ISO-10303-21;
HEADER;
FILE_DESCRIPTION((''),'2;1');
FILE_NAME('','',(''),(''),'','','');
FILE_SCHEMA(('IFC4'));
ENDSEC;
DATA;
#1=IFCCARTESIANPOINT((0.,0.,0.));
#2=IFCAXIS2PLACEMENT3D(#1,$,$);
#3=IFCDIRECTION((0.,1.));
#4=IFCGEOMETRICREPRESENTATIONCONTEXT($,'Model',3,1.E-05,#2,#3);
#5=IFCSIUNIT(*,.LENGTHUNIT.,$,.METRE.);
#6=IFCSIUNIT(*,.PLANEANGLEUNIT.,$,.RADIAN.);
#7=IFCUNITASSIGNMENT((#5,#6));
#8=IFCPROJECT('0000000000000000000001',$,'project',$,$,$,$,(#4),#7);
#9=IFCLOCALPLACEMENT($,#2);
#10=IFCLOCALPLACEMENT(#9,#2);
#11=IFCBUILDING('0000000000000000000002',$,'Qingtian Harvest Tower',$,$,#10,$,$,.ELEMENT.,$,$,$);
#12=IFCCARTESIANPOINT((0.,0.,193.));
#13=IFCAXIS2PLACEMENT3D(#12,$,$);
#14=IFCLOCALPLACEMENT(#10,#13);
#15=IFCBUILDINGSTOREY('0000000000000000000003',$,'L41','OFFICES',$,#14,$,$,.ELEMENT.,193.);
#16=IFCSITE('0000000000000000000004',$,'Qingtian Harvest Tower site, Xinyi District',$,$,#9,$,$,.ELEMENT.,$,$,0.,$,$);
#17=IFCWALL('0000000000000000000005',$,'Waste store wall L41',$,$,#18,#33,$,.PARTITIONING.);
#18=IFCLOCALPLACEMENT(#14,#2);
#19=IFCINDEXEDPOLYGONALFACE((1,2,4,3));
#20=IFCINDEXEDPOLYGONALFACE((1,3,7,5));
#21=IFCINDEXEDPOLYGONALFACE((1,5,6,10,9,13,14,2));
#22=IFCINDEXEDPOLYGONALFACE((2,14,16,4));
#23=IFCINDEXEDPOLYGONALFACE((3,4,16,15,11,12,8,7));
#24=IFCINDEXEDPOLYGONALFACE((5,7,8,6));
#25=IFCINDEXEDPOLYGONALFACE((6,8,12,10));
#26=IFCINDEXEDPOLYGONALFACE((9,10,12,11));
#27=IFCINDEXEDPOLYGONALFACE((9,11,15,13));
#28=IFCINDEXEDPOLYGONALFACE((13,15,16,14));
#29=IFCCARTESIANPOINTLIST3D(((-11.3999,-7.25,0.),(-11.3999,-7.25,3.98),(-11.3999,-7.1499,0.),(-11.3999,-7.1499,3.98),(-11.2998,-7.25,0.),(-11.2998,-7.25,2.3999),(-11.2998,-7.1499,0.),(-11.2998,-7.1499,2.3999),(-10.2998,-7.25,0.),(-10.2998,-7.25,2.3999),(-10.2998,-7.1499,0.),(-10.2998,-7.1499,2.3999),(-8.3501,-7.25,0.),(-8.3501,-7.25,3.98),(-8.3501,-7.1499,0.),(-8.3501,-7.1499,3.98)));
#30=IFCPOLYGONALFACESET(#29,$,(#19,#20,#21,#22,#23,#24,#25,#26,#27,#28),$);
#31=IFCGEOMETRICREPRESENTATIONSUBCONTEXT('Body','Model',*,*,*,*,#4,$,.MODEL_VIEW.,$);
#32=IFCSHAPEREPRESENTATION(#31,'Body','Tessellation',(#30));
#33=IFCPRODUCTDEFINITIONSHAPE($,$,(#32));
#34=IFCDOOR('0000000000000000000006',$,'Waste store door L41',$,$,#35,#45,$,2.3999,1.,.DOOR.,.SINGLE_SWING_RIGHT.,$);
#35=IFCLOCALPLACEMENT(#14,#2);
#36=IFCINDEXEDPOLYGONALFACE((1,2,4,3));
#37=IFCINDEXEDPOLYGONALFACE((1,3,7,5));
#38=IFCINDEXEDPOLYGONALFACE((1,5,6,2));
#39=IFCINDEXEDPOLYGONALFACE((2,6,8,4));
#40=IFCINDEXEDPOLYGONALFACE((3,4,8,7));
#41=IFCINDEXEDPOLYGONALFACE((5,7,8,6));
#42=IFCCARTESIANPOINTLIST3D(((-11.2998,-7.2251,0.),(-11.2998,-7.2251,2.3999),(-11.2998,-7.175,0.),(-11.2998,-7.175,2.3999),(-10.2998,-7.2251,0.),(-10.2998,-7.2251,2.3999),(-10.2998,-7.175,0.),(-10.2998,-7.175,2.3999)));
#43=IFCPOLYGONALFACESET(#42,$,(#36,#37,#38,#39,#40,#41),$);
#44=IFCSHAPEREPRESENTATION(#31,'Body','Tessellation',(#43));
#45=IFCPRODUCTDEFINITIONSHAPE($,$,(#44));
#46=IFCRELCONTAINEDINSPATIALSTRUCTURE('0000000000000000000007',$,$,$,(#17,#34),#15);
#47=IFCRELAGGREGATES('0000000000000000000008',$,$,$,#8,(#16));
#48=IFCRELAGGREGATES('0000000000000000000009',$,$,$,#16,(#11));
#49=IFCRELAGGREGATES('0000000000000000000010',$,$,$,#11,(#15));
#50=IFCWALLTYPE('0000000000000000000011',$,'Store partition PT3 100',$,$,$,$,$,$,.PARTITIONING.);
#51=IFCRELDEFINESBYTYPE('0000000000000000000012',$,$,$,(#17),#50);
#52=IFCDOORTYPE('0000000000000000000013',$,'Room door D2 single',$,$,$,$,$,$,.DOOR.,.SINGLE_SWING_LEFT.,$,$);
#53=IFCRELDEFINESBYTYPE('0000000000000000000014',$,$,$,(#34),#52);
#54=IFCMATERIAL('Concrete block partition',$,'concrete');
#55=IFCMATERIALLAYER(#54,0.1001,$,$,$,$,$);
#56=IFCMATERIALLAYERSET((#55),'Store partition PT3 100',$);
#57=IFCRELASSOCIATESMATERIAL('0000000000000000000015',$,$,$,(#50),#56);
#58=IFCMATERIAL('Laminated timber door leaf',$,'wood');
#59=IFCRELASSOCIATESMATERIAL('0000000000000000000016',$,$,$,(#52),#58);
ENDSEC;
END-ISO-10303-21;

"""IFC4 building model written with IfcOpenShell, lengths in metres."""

from ifc_helpers import new_model, si_unit, direction, frame, frame_2d, origin, place, context, subcontext, project, spatial, rectangle, extrude, material, layer, layer_set, type_object, element, fill, save


model = new_model("IFC4")

# Units and contexts
model_context = context("Model", 3, precision=1e-05, world=origin(), true_north=direction((0.0, 1.0)))
body_context = subcontext(model_context, "Body", "Model", "MODEL_VIEW")
ifc_project = project(units=[si_unit("LENGTHUNIT", "METRE"), si_unit("PLANEANGLEUNIT", "RADIAN")], contexts=[model_context])

# Site, building, storey
site_placement = place(None, origin())
site = spatial("IfcSite", under=ifc_project, at=site_placement, Name="Qingtian Harvest Tower site, Xinyi District", CompositionType="ELEMENT", RefElevation=0.0)
building_placement = place(site_placement, origin())
building = spatial("IfcBuilding", under=site, at=building_placement, Name="Qingtian Harvest Tower", CompositionType="ELEMENT")
storey_placement = place(building_placement, frame((0.0, 0.0, 193.0)))
storey = spatial("IfcBuildingStorey", under=building, at=storey_placement, Name="L41", Description="OFFICES", CompositionType="ELEMENT", Elevation=193.0)

# Wall, opening, door
ifc_material_1 = material(Name="Concrete block partition", Category="concrete")
ifc_layer_1 = layer(ifc_material_1, 0.1001)
ifc_layer_set_1 = layer_set([ifc_layer_1], Name="Store partition PT3 100")
wall_type_1 = type_object("IfcWallType", Name="Store partition PT3 100", PredefinedType="PARTITIONING", material=ifc_layer_set_1)
wall_1_placement = place(storey_placement, frame((-11.3999, -7.2, 0.0), z_axis=(0.0, 0.0, 1.0), x_axis=(1.0, 0.0, 0.0)))
wall_1 = element("IfcWall", 1, at=wall_1_placement, inside=storey, type_object=wall_type_1, Name="Waste store wall L41", PredefinedType="PARTITIONING", context=body_context, shape_type="SweptSolid", body=[
    extrude(rectangle(XDim=3.0498, YDim=0.1001, at=frame_2d((1.5249, 0.0))), origin(), (0.0, 0.0, 1.0), 3.98),
])
opening_1_placement = place(wall_1_placement, frame((0.1001, 0.0, 0.0)))
opening_1 = element("IfcOpeningElement", 2, at=opening_1_placement, cuts=wall_1, PredefinedType="OPENING", context=body_context, shape_type="SweptSolid", body=[
    extrude(rectangle(XDim=1.0, YDim=2.3999, at=frame_2d((0.5, 1.2))), frame((0.0, 0.0601, 0.0), z_axis=(0.0, -1.0, 0.0), x_axis=(1.0, 0.0, 0.0)), (0.0, 0.0, 1.0), 0.1201),
])
ifc_material_2 = material(Name="Laminated timber door leaf", Category="wood")
door_type_1 = type_object("IfcDoorType", Name="Room door D2 single", OperationType="SINGLE_SWING_LEFT", PredefinedType="DOOR", material=ifc_material_2)
door_1_placement = place(opening_1_placement, origin())
door_1 = element("IfcDoor", 3, at=door_1_placement, inside=storey, type_object=door_type_1, Name="Waste store door L41", OperationType="SINGLE_SWING_RIGHT", OverallHeight=2.3999, OverallWidth=1.0, PredefinedType="DOOR", context=body_context, shape_type="SweptSolid", body=[
    extrude(rectangle(XDim=1.0, YDim=2.3999, at=frame_2d((0.5, 1.2))), frame((0.0, 0.0249, 0.0), z_axis=(0.0, -1.0, 0.0), x_axis=(1.0, 0.0, 0.0)), (0.0, 0.0, 1.0), 0.05),
])
fill(opening_1, door_1)

save(model, "model.ifc")
